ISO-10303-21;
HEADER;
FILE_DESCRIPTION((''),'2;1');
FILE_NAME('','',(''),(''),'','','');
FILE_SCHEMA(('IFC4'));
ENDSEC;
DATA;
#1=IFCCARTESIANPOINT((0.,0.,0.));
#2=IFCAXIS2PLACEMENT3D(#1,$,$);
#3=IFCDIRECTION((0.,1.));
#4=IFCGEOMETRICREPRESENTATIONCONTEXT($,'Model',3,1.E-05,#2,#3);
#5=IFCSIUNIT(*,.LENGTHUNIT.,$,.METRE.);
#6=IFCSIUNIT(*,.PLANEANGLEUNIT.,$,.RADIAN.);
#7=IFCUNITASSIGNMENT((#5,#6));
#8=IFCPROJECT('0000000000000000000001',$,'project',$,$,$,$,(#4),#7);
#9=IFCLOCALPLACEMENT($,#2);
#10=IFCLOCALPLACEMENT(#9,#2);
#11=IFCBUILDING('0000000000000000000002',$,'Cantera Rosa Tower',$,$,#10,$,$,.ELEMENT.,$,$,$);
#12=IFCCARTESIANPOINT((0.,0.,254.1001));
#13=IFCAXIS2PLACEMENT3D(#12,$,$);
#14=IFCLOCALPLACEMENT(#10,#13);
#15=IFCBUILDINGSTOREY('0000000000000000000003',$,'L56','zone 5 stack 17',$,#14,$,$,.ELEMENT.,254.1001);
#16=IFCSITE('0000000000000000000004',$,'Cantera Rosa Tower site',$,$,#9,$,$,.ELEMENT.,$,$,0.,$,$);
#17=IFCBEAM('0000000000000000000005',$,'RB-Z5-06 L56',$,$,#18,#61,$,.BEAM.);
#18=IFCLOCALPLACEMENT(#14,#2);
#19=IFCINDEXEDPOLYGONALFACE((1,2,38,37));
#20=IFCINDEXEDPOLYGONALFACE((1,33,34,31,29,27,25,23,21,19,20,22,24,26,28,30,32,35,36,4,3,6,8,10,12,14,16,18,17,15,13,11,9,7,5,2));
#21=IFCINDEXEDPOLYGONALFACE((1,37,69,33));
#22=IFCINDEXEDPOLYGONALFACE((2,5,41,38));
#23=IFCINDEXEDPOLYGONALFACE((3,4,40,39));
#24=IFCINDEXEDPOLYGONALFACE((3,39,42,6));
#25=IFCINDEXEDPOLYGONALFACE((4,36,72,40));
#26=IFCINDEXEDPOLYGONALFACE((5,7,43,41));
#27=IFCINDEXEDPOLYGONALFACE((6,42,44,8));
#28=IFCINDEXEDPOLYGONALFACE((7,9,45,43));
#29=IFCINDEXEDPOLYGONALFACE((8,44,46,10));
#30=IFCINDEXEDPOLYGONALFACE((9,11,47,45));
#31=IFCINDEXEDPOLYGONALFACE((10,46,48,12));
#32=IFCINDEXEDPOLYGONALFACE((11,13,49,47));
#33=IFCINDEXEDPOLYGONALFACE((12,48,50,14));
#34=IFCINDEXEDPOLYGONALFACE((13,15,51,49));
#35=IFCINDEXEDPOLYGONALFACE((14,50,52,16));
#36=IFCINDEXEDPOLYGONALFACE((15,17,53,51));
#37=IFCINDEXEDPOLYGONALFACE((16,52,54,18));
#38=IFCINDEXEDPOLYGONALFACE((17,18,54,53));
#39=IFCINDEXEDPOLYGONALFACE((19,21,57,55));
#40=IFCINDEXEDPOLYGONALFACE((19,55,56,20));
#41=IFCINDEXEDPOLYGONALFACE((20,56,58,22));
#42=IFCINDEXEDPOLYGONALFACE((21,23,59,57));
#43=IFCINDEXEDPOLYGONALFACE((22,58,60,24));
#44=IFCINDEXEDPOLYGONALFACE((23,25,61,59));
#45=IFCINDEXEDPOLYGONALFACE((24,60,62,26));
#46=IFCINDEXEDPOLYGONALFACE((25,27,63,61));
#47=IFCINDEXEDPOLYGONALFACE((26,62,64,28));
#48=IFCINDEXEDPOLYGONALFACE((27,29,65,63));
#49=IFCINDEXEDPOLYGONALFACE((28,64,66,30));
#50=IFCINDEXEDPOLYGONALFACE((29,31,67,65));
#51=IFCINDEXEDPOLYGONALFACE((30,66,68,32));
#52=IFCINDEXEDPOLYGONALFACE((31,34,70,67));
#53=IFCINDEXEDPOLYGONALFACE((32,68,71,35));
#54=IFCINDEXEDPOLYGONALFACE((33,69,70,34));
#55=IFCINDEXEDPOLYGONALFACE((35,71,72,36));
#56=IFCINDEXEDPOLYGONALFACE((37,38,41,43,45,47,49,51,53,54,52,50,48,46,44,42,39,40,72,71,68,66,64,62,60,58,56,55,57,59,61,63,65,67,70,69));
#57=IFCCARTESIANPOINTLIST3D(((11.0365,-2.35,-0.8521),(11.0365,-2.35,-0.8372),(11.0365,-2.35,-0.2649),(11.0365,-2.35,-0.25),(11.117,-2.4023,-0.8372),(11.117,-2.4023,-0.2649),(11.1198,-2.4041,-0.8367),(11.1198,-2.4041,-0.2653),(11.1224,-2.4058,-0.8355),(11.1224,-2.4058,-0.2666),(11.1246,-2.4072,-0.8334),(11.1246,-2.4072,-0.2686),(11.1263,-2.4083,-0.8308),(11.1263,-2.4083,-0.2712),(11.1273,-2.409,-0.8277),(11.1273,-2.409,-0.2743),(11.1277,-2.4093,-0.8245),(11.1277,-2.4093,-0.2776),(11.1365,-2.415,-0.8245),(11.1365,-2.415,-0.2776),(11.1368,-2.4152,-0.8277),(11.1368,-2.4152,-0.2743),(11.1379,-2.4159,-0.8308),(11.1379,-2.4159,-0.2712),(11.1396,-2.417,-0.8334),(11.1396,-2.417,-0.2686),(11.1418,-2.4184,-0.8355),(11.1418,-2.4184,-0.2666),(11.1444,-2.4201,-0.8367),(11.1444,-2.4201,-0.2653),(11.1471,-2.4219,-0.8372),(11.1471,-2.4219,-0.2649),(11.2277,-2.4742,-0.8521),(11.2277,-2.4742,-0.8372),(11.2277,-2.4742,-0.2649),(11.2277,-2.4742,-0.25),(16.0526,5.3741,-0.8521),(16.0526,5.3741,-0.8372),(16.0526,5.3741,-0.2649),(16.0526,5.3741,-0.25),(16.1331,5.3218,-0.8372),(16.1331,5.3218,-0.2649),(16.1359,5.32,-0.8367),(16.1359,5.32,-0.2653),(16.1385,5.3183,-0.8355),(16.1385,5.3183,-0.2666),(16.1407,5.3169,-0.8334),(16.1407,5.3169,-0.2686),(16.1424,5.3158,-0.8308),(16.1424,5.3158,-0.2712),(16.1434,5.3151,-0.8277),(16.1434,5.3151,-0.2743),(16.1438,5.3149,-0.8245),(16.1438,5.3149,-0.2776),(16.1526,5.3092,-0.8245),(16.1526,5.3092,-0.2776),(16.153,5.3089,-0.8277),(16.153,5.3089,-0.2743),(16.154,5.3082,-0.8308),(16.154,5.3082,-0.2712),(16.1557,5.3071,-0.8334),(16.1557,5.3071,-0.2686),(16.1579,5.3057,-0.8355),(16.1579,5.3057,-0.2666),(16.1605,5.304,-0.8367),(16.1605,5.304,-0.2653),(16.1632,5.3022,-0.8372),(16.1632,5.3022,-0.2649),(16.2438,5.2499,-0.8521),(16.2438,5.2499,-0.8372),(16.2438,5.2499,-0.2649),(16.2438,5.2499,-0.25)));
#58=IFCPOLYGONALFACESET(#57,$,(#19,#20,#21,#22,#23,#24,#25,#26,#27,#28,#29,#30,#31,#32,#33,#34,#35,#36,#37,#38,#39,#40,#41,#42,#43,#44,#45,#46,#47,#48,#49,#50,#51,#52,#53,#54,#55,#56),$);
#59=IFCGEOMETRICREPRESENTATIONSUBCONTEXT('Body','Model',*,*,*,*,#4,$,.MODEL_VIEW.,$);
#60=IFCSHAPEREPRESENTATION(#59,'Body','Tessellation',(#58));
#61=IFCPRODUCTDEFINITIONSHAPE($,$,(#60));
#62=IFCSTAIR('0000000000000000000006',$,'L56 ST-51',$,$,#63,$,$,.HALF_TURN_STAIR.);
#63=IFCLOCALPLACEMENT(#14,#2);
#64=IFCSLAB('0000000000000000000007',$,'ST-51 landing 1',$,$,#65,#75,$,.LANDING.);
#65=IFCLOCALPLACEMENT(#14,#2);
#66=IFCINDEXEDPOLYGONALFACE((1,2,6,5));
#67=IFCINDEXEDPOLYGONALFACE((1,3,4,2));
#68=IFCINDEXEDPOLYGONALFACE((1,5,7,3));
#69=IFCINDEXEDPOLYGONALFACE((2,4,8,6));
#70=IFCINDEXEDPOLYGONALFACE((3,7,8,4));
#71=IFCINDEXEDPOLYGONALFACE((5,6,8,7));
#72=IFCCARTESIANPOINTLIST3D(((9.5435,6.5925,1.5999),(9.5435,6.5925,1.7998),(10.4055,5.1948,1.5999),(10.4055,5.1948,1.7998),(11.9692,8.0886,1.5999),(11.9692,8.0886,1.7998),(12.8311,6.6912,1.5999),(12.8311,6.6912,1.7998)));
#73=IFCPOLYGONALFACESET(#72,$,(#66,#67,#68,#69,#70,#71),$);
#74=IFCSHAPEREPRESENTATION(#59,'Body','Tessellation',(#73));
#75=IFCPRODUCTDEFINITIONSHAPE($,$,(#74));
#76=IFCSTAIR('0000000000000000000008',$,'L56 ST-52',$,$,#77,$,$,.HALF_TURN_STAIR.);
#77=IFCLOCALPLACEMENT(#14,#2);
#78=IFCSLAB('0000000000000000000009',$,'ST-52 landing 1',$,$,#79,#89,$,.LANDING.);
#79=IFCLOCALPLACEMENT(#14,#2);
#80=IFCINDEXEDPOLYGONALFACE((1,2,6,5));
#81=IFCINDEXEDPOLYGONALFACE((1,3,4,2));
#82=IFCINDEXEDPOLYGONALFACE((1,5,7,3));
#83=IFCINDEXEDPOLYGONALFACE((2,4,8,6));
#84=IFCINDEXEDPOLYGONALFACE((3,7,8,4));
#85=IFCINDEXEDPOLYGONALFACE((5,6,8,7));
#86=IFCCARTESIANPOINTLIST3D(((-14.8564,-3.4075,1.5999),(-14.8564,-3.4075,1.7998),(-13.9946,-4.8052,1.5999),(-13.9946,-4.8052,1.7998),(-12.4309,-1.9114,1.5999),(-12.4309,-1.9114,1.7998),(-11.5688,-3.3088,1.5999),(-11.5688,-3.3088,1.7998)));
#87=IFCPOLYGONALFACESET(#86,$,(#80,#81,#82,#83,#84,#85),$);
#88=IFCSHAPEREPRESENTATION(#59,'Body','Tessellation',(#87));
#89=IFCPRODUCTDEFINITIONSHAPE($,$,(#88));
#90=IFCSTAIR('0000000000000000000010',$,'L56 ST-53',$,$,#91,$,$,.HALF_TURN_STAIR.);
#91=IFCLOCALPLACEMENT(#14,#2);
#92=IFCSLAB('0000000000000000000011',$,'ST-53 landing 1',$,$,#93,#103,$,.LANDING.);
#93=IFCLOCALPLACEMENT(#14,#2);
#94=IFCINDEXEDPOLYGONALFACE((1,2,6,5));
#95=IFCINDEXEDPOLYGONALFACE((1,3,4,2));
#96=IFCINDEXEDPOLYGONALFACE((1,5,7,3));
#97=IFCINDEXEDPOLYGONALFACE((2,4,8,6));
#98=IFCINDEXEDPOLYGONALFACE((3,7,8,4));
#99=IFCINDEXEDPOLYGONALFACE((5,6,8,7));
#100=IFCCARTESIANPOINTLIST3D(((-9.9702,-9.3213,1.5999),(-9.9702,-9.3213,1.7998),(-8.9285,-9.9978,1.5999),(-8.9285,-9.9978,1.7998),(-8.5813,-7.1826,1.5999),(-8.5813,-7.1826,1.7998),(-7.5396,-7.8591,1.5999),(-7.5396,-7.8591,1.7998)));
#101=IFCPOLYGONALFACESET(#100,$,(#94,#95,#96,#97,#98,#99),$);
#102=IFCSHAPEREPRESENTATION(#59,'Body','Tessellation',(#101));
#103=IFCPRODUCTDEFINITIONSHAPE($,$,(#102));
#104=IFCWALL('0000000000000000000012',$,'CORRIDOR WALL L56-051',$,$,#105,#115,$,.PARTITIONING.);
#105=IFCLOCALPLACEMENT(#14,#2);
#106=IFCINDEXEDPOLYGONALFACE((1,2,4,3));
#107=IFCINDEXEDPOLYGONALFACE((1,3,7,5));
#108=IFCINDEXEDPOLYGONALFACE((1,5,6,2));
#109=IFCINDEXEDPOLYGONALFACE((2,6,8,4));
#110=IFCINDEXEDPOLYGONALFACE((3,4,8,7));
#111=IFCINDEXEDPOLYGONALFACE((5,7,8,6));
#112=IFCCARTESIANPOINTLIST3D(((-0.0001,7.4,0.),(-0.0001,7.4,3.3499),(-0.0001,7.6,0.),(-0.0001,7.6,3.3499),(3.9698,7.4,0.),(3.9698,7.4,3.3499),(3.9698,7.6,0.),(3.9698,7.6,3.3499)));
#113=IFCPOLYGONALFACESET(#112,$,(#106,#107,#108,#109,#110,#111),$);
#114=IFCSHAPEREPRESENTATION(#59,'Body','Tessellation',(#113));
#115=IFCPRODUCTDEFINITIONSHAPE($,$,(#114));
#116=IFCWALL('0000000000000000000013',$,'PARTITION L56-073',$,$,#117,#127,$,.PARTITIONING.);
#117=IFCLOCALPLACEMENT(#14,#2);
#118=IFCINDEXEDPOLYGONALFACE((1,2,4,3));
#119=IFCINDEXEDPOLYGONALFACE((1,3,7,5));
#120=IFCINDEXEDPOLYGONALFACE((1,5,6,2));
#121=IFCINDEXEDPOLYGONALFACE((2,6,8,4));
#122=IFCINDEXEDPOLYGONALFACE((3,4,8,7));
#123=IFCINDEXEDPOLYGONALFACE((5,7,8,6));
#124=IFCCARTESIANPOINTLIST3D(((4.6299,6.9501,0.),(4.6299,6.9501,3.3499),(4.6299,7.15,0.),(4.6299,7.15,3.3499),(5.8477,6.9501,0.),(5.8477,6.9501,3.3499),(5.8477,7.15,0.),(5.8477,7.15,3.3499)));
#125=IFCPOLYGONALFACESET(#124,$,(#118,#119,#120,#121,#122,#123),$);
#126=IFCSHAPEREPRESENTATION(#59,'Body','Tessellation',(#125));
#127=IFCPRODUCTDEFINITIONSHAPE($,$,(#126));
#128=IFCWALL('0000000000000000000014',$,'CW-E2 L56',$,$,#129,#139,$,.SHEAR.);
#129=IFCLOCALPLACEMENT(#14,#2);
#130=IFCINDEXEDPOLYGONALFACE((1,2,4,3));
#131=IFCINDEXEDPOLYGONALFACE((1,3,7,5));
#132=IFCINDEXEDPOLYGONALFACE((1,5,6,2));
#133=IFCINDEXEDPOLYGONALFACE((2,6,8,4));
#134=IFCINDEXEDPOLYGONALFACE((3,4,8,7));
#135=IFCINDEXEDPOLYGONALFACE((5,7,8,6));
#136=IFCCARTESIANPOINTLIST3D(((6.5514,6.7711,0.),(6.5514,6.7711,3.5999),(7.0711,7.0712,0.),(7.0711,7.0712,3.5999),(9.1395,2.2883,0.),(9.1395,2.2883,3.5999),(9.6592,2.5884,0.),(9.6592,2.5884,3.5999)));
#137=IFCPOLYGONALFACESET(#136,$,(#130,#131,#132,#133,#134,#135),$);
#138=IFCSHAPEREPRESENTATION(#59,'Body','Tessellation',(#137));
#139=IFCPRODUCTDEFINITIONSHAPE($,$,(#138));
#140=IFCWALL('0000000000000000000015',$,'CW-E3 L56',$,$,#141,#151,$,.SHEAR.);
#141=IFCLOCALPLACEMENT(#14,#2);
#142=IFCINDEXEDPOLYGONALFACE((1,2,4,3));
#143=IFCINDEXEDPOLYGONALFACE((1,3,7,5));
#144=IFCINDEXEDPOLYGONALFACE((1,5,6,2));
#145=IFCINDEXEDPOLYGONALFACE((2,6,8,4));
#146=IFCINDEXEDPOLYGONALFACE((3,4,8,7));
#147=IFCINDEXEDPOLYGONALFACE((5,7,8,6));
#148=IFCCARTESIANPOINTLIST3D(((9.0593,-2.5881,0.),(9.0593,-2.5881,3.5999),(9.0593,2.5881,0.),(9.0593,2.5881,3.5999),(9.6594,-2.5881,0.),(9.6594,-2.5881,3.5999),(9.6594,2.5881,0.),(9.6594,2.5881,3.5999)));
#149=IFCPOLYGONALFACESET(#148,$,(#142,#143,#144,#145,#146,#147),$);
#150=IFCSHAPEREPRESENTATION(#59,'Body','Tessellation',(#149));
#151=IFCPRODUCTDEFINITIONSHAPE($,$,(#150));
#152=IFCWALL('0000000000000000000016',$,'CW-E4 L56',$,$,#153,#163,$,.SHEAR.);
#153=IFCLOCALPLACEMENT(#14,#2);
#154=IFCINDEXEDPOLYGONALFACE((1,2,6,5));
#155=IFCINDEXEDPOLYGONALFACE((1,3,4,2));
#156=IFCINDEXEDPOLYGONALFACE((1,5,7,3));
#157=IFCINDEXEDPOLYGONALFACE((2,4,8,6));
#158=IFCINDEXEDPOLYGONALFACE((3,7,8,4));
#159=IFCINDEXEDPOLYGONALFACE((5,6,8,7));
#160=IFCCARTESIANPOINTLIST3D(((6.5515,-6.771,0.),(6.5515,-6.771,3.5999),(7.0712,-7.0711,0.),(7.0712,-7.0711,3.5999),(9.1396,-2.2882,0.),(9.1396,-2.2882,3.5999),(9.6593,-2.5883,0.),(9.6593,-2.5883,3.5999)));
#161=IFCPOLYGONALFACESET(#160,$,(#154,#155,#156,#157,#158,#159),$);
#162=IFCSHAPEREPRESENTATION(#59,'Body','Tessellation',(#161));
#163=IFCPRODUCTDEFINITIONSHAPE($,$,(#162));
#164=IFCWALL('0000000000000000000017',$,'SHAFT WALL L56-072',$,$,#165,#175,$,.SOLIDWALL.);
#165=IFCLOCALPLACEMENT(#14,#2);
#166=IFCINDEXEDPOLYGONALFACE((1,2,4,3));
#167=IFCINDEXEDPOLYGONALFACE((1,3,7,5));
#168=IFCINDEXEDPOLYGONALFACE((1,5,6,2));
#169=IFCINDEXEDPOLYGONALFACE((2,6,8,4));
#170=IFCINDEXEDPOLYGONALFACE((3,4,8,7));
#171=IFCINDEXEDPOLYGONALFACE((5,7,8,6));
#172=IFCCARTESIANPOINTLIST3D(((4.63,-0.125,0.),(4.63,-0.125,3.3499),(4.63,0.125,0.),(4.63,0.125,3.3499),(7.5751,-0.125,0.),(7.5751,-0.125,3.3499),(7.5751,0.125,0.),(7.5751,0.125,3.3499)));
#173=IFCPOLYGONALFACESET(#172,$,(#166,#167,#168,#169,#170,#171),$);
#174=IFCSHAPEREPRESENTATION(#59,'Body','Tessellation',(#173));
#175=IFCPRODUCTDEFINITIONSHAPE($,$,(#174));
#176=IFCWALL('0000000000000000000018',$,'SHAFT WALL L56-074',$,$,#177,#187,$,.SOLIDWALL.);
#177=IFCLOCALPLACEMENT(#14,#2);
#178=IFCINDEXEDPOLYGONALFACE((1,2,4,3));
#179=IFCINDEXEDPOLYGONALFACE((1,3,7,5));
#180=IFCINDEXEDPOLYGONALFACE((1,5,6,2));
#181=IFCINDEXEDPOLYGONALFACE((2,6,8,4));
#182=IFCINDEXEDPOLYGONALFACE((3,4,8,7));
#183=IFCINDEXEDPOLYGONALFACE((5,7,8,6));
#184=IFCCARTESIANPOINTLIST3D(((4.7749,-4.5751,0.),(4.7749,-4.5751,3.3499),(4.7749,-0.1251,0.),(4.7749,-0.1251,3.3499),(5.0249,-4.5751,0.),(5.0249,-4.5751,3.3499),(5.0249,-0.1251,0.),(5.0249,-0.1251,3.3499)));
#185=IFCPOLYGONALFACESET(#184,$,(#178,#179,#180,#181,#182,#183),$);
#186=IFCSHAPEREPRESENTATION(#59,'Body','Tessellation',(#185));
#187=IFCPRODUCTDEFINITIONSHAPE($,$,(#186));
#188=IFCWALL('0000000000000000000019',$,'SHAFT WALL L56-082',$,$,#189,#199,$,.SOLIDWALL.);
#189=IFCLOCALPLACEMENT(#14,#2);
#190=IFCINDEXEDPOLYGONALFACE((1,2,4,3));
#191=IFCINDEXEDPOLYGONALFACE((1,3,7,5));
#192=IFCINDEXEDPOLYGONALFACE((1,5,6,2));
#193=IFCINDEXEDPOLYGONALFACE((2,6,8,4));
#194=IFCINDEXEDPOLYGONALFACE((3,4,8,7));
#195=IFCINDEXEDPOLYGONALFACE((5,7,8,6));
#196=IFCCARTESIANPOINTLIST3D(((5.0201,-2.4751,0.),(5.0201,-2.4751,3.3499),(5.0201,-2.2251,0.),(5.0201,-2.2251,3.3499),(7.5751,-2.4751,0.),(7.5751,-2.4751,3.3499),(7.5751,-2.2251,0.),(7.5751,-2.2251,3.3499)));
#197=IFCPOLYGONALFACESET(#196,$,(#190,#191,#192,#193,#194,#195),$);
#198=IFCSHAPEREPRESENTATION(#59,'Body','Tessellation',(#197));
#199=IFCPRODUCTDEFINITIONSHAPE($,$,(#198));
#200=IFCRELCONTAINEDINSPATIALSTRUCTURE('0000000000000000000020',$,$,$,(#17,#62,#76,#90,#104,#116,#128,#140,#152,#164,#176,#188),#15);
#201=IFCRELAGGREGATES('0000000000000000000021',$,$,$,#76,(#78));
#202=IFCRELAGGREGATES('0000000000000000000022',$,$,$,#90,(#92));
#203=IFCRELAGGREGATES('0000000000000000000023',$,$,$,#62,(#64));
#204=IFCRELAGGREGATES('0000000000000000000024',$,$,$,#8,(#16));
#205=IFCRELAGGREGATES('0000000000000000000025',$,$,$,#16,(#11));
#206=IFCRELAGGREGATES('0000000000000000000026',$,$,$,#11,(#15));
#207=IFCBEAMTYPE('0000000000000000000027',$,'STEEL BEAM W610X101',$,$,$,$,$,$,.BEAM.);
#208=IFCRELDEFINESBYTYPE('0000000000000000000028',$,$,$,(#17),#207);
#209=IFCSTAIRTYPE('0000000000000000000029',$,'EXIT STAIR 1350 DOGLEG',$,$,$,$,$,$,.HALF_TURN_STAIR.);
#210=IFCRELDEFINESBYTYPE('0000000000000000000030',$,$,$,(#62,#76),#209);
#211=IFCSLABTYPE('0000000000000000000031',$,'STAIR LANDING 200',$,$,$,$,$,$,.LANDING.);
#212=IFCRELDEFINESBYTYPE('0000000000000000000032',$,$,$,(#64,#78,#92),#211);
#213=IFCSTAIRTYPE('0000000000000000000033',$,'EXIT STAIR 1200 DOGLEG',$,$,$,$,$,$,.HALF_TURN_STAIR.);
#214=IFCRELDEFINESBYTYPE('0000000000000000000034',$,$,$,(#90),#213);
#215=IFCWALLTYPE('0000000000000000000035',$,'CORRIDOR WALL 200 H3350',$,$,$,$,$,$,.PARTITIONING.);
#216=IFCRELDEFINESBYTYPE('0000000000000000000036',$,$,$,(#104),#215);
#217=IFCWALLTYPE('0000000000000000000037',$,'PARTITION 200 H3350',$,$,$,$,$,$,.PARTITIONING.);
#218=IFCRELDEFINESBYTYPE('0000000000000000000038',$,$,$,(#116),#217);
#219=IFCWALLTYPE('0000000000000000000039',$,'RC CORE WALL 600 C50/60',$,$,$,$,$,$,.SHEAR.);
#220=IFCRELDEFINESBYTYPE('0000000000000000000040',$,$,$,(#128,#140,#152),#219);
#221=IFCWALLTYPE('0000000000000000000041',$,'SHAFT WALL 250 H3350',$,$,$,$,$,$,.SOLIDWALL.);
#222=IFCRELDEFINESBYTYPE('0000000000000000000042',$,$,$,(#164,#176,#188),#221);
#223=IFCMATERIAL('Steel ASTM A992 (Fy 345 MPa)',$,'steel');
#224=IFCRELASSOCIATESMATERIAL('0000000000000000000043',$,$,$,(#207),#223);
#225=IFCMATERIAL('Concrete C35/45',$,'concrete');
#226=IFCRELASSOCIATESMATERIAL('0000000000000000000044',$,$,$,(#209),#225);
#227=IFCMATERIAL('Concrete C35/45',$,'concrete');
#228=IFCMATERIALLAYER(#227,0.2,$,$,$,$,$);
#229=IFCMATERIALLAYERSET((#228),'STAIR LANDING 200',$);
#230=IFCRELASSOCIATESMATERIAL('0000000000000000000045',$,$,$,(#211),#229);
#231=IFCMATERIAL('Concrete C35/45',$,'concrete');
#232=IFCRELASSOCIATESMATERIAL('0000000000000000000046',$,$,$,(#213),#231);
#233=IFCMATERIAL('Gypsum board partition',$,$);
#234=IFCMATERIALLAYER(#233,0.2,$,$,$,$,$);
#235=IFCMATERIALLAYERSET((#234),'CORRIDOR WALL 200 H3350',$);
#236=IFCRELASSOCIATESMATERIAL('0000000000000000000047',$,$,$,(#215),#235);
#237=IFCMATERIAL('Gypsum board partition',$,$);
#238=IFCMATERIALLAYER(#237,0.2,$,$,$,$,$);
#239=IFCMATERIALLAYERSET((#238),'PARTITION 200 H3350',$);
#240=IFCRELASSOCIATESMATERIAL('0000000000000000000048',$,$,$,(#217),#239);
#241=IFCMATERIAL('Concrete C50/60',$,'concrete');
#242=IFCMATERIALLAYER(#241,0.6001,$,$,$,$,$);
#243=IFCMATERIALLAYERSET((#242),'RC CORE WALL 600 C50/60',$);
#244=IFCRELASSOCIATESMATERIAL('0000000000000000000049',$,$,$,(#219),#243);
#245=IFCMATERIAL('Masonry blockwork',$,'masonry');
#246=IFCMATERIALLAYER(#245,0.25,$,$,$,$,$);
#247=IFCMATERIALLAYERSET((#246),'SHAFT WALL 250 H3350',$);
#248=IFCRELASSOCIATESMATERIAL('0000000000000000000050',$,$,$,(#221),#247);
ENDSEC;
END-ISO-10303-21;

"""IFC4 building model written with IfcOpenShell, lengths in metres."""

from ifc_helpers import new_model, si_unit, direction, frame, frame_2d, origin, origin_2d, place, context, subcontext, project, spatial, polyline, rectangle, i_section, outline, extrude, material, layer, layer_set, material_profile, profile_set, type_object, element, aggregate, save


model = new_model("IFC4")

# Units and contexts
model_context = context("Model", 3, precision=1e-05, world=origin(), true_north=direction((0.0, 1.0)))
body_context = subcontext(model_context, "Body", "Model", "MODEL_VIEW")
ifc_project = project(units=[si_unit("LENGTHUNIT", "METRE"), si_unit("PLANEANGLEUNIT", "RADIAN")], contexts=[model_context])

# Site, building, storey
site_placement = place(None, origin())
site = spatial("IfcSite", under=ifc_project, at=site_placement, Name="Cantera Rosa Tower site", CompositionType="ELEMENT", RefElevation=0.0)
building_placement = place(site_placement, origin())
building = spatial("IfcBuilding", under=site, at=building_placement, Name="Cantera Rosa Tower", CompositionType="ELEMENT")
storey_placement = place(building_placement, frame((0.0, 0.0, 254.1001)))
storey = spatial("IfcBuildingStorey", under=building, at=storey_placement, Name="L56", Description="zone 5 stack 17", CompositionType="ELEMENT", Elevation=254.1001)

# Beam
ifc_material_1 = material(Name="Steel ASTM A992 (Fy 345 MPa)", Category="steel")
ifc_material_profile = material_profile(ifc_material_1, i_section(OverallWidth=0.228, OverallDepth=0.6021, WebThickness=0.0105, FlangeThickness=0.0149, FilletRadius=0.0127, at=origin_2d()), Name="W610X101")
ifc_profile_set = profile_set([ifc_material_profile], Name="Steel ASTM A992 (Fy 345 MPa)")
beam_type = type_object("IfcBeamType", Name="STEEL BEAM W610X101", PredefinedType="BEAM", material=ifc_profile_set)
beam_placement = place(storey_placement, frame((11.1321, -2.4121, -0.551), z_axis=(0.54464, 0.83867, 0.0), x_axis=(-0.83867, 0.54464, 0.0)))
element("IfcBeam", 1, at=beam_placement, inside=storey, type_object=beam_type, Name="RB-Z5-06 L56", PredefinedType="BEAM", context=body_context, shape_type="SweptSolid", body=[
    extrude(i_section(OverallWidth=0.228, OverallDepth=0.6021, WebThickness=0.0105, FlangeThickness=0.0149, FilletRadius=0.0127, at=origin_2d()), origin(), (0.0, 0.0, 1.0), 9.21),
])

# Stairs, slabs
ifc_material_2 = material(Name="Concrete C35/45", Category="concrete")
stair_type_1 = type_object("IfcStairType", Name="EXIT STAIR 1350 DOGLEG", PredefinedType="HALF_TURN_STAIR", material=ifc_material_2)
stair_1_placement = place(storey_placement, origin())
stair_1 = element("IfcStair", 2, at=stair_1_placement, inside=storey, type_object=stair_type_1, Name="L56 ST-51", PredefinedType="HALF_TURN_STAIR")
ifc_material_3 = material(Name="Concrete C35/45", Category="concrete")
ifc_layer_1 = layer(ifc_material_3, 0.2)
ifc_layer_set_1 = layer_set([ifc_layer_1], Name="STAIR LANDING 200")
slab_type = type_object("IfcSlabType", Name="STAIR LANDING 200", PredefinedType="LANDING", material=ifc_layer_set_1)
slab_1_placement = place(storey_placement, frame((0.0, 0.0, 1.5999)))
slab_1 = element("IfcSlab", 3, at=slab_1_placement, type_object=slab_type, Name="ST-51 landing 1", PredefinedType="LANDING", context=body_context, shape_type="SweptSolid", body=[
    extrude(outline(polyline([(12.8311, 6.6912), (11.9692, 8.0886), (9.5435, 6.5925), (10.4055, 5.1948), (12.8311, 6.6912)])), origin(), (0.0, 0.0, 1.0), 0.2),
])
stair_2_placement = place(storey_placement, origin())
stair_2 = element("IfcStair", 4, at=stair_2_placement, inside=storey, type_object=stair_type_1, Name="L56 ST-52", PredefinedType="HALF_TURN_STAIR")
slab_2_placement = place(storey_placement, frame((0.0, 0.0, 1.5999)))
slab_2 = element("IfcSlab", 5, at=slab_2_placement, type_object=slab_type, Name="ST-52 landing 1", PredefinedType="LANDING", context=body_context, shape_type="SweptSolid", body=[
    extrude(outline(polyline([(-11.5688, -3.3088), (-12.4309, -1.9114), (-14.8564, -3.4075), (-13.9946, -4.8052), (-11.5688, -3.3088)])), origin(), (0.0, 0.0, 1.0), 0.2),
])
aggregate(stair_2, [slab_2])
ifc_material_4 = material(Name="Concrete C35/45", Category="concrete")
stair_type_2 = type_object("IfcStairType", Name="EXIT STAIR 1200 DOGLEG", PredefinedType="HALF_TURN_STAIR", material=ifc_material_4)
stair_3_placement = place(storey_placement, origin())
stair_3 = element("IfcStair", 6, at=stair_3_placement, inside=storey, type_object=stair_type_2, Name="L56 ST-53", PredefinedType="HALF_TURN_STAIR")
slab_3_placement = place(storey_placement, frame((0.0, 0.0, 1.5999)))
slab_3 = element("IfcSlab", 7, at=slab_3_placement, type_object=slab_type, Name="ST-53 landing 1", PredefinedType="LANDING", context=body_context, shape_type="SweptSolid", body=[
    extrude(outline(polyline([(-7.5396, -7.8591), (-8.5813, -7.1826), (-9.9702, -9.3213), (-8.9285, -9.9978), (-7.5396, -7.8591)])), origin(), (0.0, 0.0, 1.0), 0.2),
])
aggregate(stair_3, [slab_3])

# Walls
ifc_material_5 = material(Name="Gypsum board partition")
ifc_layer_2 = layer(ifc_material_5, 0.2)
ifc_layer_set_2 = layer_set([ifc_layer_2], Name="CORRIDOR WALL 200 H3350")
wall_type_1 = type_object("IfcWallType", Name="CORRIDOR WALL 200 H3350", PredefinedType="PARTITIONING", material=ifc_layer_set_2)
wall_1_placement = place(storey_placement, frame((0.0, 7.5, 0.0), z_axis=(0.0, 0.0, 1.0), x_axis=(1.0, 0.0, 0.0)))
element("IfcWall", 8, at=wall_1_placement, inside=storey, type_object=wall_type_1, Name="CORRIDOR WALL L56-051", PredefinedType="PARTITIONING", context=body_context, shape_type="SweptSolid", body=[
    extrude(rectangle(XDim=3.97, YDim=0.2, at=frame_2d((1.9849, 0.0))), origin(), (0.0, 0.0, 1.0), 3.3499),
])
ifc_material_6 = material(Name="Gypsum board partition")
ifc_layer_3 = layer(ifc_material_6, 0.2)
ifc_layer_set_3 = layer_set([ifc_layer_3], Name="PARTITION 200 H3350")
wall_type_2 = type_object("IfcWallType", Name="PARTITION 200 H3350", PredefinedType="PARTITIONING", material=ifc_layer_set_3)
wall_2_placement = place(storey_placement, frame((4.6299, 7.05, 0.0), z_axis=(0.0, 0.0, 1.0), x_axis=(1.0, 0.0, 0.0)))
element("IfcWall", 9, at=wall_2_placement, inside=storey, type_object=wall_type_2, Name="PARTITION L56-073", PredefinedType="PARTITIONING", context=body_context, shape_type="SweptSolid", body=[
    extrude(rectangle(XDim=1.2178, YDim=0.2, at=frame_2d((0.6089, 0.0))), origin(), (0.0, 0.0, 1.0), 3.3499),
])
ifc_material_7 = material(Name="Concrete C50/60", Category="concrete")
ifc_layer_4 = layer(ifc_material_7, 0.6001)
ifc_layer_set_4 = layer_set([ifc_layer_4], Name="RC CORE WALL 600 C50/60")
wall_type_3 = type_object("IfcWallType", Name="RC CORE WALL 600 C50/60", PredefinedType="SHEAR", material=ifc_layer_set_4)
for number, where, z_axis, x_axis, name in (
    (10, (6.8113, 6.9211, 0.0), (0.0, 0.0, 1.0), (0.499989, -0.866032, 0.0), "CW-E2 L56"),
    (11, (9.3594, 2.5881, 0.0), (0.0, 0.0, 1.0), (0.0, -1.0, 0.0), "CW-E3 L56"),
    (12, (9.3994, -2.4382, 0.0), (0.0, 0.0, 1.0), (-0.499989, -0.866032, 0.0), "CW-E4 L56"),
):
    element("IfcWall", number, at=place(storey_placement, frame(where, z_axis=z_axis, x_axis=x_axis)), inside=storey, type_object=wall_type_3, Name=name, PredefinedType="SHEAR", context=body_context, shape_type="SweptSolid", body=[
        extrude(rectangle(XDim=5.1763, YDim=0.6001, at=frame_2d((2.5881, 0.0))), origin(), (0.0, 0.0, 1.0), 3.5999),
    ])
ifc_material_8 = material(Name="Masonry blockwork", Category="masonry")
ifc_layer_5 = layer(ifc_material_8, 0.25)
ifc_layer_set_5 = layer_set([ifc_layer_5], Name="SHAFT WALL 250 H3350")
wall_type_4 = type_object("IfcWallType", Name="SHAFT WALL 250 H3350", PredefinedType="SOLIDWALL", material=ifc_layer_set_5)
wall_3_placement = place(storey_placement, frame((4.6299, 0.0, 0.0), z_axis=(0.0, 0.0, 1.0), x_axis=(1.0, 0.0, 0.0)))
element("IfcWall", 13, at=wall_3_placement, inside=storey, type_object=wall_type_4, Name="SHAFT WALL L56-072", PredefinedType="SOLIDWALL", context=body_context, shape_type="SweptSolid", body=[
    extrude(rectangle(XDim=2.9451, YDim=0.25, at=frame_2d((1.4727, 0.0))), origin(), (0.0, 0.0, 1.0), 3.3499),
])
wall_4_placement = place(storey_placement, frame((4.8999, -0.125, 0.0), z_axis=(0.0, 0.0, 1.0), x_axis=(0.0, -1.0, 0.0)))
element("IfcWall", 14, at=wall_4_placement, inside=storey, type_object=wall_type_4, Name="SHAFT WALL L56-074", PredefinedType="SOLIDWALL", context=body_context, shape_type="SweptSolid", body=[
    extrude(rectangle(XDim=4.45, YDim=0.25, at=frame_2d((2.2251, 0.0))), origin(), (0.0, 0.0, 1.0), 3.3499),
])
wall_5_placement = place(storey_placement, frame((7.575, -2.3501, 0.0), z_axis=(0.0, 0.0, 1.0), x_axis=(-1.0, 0.0, 0.0)))
element("IfcWall", 15, at=wall_5_placement, inside=storey, type_object=wall_type_4, Name="SHAFT WALL L56-082", PredefinedType="SOLIDWALL", context=body_context, shape_type="SweptSolid", body=[
    extrude(rectangle(XDim=2.5549, YDim=0.25, at=frame_2d((1.2773, 0.0))), origin(), (0.0, 0.0, 1.0), 3.3499),
])

aggregate(stair_1, [slab_1])

save(model, "model.ifc")
